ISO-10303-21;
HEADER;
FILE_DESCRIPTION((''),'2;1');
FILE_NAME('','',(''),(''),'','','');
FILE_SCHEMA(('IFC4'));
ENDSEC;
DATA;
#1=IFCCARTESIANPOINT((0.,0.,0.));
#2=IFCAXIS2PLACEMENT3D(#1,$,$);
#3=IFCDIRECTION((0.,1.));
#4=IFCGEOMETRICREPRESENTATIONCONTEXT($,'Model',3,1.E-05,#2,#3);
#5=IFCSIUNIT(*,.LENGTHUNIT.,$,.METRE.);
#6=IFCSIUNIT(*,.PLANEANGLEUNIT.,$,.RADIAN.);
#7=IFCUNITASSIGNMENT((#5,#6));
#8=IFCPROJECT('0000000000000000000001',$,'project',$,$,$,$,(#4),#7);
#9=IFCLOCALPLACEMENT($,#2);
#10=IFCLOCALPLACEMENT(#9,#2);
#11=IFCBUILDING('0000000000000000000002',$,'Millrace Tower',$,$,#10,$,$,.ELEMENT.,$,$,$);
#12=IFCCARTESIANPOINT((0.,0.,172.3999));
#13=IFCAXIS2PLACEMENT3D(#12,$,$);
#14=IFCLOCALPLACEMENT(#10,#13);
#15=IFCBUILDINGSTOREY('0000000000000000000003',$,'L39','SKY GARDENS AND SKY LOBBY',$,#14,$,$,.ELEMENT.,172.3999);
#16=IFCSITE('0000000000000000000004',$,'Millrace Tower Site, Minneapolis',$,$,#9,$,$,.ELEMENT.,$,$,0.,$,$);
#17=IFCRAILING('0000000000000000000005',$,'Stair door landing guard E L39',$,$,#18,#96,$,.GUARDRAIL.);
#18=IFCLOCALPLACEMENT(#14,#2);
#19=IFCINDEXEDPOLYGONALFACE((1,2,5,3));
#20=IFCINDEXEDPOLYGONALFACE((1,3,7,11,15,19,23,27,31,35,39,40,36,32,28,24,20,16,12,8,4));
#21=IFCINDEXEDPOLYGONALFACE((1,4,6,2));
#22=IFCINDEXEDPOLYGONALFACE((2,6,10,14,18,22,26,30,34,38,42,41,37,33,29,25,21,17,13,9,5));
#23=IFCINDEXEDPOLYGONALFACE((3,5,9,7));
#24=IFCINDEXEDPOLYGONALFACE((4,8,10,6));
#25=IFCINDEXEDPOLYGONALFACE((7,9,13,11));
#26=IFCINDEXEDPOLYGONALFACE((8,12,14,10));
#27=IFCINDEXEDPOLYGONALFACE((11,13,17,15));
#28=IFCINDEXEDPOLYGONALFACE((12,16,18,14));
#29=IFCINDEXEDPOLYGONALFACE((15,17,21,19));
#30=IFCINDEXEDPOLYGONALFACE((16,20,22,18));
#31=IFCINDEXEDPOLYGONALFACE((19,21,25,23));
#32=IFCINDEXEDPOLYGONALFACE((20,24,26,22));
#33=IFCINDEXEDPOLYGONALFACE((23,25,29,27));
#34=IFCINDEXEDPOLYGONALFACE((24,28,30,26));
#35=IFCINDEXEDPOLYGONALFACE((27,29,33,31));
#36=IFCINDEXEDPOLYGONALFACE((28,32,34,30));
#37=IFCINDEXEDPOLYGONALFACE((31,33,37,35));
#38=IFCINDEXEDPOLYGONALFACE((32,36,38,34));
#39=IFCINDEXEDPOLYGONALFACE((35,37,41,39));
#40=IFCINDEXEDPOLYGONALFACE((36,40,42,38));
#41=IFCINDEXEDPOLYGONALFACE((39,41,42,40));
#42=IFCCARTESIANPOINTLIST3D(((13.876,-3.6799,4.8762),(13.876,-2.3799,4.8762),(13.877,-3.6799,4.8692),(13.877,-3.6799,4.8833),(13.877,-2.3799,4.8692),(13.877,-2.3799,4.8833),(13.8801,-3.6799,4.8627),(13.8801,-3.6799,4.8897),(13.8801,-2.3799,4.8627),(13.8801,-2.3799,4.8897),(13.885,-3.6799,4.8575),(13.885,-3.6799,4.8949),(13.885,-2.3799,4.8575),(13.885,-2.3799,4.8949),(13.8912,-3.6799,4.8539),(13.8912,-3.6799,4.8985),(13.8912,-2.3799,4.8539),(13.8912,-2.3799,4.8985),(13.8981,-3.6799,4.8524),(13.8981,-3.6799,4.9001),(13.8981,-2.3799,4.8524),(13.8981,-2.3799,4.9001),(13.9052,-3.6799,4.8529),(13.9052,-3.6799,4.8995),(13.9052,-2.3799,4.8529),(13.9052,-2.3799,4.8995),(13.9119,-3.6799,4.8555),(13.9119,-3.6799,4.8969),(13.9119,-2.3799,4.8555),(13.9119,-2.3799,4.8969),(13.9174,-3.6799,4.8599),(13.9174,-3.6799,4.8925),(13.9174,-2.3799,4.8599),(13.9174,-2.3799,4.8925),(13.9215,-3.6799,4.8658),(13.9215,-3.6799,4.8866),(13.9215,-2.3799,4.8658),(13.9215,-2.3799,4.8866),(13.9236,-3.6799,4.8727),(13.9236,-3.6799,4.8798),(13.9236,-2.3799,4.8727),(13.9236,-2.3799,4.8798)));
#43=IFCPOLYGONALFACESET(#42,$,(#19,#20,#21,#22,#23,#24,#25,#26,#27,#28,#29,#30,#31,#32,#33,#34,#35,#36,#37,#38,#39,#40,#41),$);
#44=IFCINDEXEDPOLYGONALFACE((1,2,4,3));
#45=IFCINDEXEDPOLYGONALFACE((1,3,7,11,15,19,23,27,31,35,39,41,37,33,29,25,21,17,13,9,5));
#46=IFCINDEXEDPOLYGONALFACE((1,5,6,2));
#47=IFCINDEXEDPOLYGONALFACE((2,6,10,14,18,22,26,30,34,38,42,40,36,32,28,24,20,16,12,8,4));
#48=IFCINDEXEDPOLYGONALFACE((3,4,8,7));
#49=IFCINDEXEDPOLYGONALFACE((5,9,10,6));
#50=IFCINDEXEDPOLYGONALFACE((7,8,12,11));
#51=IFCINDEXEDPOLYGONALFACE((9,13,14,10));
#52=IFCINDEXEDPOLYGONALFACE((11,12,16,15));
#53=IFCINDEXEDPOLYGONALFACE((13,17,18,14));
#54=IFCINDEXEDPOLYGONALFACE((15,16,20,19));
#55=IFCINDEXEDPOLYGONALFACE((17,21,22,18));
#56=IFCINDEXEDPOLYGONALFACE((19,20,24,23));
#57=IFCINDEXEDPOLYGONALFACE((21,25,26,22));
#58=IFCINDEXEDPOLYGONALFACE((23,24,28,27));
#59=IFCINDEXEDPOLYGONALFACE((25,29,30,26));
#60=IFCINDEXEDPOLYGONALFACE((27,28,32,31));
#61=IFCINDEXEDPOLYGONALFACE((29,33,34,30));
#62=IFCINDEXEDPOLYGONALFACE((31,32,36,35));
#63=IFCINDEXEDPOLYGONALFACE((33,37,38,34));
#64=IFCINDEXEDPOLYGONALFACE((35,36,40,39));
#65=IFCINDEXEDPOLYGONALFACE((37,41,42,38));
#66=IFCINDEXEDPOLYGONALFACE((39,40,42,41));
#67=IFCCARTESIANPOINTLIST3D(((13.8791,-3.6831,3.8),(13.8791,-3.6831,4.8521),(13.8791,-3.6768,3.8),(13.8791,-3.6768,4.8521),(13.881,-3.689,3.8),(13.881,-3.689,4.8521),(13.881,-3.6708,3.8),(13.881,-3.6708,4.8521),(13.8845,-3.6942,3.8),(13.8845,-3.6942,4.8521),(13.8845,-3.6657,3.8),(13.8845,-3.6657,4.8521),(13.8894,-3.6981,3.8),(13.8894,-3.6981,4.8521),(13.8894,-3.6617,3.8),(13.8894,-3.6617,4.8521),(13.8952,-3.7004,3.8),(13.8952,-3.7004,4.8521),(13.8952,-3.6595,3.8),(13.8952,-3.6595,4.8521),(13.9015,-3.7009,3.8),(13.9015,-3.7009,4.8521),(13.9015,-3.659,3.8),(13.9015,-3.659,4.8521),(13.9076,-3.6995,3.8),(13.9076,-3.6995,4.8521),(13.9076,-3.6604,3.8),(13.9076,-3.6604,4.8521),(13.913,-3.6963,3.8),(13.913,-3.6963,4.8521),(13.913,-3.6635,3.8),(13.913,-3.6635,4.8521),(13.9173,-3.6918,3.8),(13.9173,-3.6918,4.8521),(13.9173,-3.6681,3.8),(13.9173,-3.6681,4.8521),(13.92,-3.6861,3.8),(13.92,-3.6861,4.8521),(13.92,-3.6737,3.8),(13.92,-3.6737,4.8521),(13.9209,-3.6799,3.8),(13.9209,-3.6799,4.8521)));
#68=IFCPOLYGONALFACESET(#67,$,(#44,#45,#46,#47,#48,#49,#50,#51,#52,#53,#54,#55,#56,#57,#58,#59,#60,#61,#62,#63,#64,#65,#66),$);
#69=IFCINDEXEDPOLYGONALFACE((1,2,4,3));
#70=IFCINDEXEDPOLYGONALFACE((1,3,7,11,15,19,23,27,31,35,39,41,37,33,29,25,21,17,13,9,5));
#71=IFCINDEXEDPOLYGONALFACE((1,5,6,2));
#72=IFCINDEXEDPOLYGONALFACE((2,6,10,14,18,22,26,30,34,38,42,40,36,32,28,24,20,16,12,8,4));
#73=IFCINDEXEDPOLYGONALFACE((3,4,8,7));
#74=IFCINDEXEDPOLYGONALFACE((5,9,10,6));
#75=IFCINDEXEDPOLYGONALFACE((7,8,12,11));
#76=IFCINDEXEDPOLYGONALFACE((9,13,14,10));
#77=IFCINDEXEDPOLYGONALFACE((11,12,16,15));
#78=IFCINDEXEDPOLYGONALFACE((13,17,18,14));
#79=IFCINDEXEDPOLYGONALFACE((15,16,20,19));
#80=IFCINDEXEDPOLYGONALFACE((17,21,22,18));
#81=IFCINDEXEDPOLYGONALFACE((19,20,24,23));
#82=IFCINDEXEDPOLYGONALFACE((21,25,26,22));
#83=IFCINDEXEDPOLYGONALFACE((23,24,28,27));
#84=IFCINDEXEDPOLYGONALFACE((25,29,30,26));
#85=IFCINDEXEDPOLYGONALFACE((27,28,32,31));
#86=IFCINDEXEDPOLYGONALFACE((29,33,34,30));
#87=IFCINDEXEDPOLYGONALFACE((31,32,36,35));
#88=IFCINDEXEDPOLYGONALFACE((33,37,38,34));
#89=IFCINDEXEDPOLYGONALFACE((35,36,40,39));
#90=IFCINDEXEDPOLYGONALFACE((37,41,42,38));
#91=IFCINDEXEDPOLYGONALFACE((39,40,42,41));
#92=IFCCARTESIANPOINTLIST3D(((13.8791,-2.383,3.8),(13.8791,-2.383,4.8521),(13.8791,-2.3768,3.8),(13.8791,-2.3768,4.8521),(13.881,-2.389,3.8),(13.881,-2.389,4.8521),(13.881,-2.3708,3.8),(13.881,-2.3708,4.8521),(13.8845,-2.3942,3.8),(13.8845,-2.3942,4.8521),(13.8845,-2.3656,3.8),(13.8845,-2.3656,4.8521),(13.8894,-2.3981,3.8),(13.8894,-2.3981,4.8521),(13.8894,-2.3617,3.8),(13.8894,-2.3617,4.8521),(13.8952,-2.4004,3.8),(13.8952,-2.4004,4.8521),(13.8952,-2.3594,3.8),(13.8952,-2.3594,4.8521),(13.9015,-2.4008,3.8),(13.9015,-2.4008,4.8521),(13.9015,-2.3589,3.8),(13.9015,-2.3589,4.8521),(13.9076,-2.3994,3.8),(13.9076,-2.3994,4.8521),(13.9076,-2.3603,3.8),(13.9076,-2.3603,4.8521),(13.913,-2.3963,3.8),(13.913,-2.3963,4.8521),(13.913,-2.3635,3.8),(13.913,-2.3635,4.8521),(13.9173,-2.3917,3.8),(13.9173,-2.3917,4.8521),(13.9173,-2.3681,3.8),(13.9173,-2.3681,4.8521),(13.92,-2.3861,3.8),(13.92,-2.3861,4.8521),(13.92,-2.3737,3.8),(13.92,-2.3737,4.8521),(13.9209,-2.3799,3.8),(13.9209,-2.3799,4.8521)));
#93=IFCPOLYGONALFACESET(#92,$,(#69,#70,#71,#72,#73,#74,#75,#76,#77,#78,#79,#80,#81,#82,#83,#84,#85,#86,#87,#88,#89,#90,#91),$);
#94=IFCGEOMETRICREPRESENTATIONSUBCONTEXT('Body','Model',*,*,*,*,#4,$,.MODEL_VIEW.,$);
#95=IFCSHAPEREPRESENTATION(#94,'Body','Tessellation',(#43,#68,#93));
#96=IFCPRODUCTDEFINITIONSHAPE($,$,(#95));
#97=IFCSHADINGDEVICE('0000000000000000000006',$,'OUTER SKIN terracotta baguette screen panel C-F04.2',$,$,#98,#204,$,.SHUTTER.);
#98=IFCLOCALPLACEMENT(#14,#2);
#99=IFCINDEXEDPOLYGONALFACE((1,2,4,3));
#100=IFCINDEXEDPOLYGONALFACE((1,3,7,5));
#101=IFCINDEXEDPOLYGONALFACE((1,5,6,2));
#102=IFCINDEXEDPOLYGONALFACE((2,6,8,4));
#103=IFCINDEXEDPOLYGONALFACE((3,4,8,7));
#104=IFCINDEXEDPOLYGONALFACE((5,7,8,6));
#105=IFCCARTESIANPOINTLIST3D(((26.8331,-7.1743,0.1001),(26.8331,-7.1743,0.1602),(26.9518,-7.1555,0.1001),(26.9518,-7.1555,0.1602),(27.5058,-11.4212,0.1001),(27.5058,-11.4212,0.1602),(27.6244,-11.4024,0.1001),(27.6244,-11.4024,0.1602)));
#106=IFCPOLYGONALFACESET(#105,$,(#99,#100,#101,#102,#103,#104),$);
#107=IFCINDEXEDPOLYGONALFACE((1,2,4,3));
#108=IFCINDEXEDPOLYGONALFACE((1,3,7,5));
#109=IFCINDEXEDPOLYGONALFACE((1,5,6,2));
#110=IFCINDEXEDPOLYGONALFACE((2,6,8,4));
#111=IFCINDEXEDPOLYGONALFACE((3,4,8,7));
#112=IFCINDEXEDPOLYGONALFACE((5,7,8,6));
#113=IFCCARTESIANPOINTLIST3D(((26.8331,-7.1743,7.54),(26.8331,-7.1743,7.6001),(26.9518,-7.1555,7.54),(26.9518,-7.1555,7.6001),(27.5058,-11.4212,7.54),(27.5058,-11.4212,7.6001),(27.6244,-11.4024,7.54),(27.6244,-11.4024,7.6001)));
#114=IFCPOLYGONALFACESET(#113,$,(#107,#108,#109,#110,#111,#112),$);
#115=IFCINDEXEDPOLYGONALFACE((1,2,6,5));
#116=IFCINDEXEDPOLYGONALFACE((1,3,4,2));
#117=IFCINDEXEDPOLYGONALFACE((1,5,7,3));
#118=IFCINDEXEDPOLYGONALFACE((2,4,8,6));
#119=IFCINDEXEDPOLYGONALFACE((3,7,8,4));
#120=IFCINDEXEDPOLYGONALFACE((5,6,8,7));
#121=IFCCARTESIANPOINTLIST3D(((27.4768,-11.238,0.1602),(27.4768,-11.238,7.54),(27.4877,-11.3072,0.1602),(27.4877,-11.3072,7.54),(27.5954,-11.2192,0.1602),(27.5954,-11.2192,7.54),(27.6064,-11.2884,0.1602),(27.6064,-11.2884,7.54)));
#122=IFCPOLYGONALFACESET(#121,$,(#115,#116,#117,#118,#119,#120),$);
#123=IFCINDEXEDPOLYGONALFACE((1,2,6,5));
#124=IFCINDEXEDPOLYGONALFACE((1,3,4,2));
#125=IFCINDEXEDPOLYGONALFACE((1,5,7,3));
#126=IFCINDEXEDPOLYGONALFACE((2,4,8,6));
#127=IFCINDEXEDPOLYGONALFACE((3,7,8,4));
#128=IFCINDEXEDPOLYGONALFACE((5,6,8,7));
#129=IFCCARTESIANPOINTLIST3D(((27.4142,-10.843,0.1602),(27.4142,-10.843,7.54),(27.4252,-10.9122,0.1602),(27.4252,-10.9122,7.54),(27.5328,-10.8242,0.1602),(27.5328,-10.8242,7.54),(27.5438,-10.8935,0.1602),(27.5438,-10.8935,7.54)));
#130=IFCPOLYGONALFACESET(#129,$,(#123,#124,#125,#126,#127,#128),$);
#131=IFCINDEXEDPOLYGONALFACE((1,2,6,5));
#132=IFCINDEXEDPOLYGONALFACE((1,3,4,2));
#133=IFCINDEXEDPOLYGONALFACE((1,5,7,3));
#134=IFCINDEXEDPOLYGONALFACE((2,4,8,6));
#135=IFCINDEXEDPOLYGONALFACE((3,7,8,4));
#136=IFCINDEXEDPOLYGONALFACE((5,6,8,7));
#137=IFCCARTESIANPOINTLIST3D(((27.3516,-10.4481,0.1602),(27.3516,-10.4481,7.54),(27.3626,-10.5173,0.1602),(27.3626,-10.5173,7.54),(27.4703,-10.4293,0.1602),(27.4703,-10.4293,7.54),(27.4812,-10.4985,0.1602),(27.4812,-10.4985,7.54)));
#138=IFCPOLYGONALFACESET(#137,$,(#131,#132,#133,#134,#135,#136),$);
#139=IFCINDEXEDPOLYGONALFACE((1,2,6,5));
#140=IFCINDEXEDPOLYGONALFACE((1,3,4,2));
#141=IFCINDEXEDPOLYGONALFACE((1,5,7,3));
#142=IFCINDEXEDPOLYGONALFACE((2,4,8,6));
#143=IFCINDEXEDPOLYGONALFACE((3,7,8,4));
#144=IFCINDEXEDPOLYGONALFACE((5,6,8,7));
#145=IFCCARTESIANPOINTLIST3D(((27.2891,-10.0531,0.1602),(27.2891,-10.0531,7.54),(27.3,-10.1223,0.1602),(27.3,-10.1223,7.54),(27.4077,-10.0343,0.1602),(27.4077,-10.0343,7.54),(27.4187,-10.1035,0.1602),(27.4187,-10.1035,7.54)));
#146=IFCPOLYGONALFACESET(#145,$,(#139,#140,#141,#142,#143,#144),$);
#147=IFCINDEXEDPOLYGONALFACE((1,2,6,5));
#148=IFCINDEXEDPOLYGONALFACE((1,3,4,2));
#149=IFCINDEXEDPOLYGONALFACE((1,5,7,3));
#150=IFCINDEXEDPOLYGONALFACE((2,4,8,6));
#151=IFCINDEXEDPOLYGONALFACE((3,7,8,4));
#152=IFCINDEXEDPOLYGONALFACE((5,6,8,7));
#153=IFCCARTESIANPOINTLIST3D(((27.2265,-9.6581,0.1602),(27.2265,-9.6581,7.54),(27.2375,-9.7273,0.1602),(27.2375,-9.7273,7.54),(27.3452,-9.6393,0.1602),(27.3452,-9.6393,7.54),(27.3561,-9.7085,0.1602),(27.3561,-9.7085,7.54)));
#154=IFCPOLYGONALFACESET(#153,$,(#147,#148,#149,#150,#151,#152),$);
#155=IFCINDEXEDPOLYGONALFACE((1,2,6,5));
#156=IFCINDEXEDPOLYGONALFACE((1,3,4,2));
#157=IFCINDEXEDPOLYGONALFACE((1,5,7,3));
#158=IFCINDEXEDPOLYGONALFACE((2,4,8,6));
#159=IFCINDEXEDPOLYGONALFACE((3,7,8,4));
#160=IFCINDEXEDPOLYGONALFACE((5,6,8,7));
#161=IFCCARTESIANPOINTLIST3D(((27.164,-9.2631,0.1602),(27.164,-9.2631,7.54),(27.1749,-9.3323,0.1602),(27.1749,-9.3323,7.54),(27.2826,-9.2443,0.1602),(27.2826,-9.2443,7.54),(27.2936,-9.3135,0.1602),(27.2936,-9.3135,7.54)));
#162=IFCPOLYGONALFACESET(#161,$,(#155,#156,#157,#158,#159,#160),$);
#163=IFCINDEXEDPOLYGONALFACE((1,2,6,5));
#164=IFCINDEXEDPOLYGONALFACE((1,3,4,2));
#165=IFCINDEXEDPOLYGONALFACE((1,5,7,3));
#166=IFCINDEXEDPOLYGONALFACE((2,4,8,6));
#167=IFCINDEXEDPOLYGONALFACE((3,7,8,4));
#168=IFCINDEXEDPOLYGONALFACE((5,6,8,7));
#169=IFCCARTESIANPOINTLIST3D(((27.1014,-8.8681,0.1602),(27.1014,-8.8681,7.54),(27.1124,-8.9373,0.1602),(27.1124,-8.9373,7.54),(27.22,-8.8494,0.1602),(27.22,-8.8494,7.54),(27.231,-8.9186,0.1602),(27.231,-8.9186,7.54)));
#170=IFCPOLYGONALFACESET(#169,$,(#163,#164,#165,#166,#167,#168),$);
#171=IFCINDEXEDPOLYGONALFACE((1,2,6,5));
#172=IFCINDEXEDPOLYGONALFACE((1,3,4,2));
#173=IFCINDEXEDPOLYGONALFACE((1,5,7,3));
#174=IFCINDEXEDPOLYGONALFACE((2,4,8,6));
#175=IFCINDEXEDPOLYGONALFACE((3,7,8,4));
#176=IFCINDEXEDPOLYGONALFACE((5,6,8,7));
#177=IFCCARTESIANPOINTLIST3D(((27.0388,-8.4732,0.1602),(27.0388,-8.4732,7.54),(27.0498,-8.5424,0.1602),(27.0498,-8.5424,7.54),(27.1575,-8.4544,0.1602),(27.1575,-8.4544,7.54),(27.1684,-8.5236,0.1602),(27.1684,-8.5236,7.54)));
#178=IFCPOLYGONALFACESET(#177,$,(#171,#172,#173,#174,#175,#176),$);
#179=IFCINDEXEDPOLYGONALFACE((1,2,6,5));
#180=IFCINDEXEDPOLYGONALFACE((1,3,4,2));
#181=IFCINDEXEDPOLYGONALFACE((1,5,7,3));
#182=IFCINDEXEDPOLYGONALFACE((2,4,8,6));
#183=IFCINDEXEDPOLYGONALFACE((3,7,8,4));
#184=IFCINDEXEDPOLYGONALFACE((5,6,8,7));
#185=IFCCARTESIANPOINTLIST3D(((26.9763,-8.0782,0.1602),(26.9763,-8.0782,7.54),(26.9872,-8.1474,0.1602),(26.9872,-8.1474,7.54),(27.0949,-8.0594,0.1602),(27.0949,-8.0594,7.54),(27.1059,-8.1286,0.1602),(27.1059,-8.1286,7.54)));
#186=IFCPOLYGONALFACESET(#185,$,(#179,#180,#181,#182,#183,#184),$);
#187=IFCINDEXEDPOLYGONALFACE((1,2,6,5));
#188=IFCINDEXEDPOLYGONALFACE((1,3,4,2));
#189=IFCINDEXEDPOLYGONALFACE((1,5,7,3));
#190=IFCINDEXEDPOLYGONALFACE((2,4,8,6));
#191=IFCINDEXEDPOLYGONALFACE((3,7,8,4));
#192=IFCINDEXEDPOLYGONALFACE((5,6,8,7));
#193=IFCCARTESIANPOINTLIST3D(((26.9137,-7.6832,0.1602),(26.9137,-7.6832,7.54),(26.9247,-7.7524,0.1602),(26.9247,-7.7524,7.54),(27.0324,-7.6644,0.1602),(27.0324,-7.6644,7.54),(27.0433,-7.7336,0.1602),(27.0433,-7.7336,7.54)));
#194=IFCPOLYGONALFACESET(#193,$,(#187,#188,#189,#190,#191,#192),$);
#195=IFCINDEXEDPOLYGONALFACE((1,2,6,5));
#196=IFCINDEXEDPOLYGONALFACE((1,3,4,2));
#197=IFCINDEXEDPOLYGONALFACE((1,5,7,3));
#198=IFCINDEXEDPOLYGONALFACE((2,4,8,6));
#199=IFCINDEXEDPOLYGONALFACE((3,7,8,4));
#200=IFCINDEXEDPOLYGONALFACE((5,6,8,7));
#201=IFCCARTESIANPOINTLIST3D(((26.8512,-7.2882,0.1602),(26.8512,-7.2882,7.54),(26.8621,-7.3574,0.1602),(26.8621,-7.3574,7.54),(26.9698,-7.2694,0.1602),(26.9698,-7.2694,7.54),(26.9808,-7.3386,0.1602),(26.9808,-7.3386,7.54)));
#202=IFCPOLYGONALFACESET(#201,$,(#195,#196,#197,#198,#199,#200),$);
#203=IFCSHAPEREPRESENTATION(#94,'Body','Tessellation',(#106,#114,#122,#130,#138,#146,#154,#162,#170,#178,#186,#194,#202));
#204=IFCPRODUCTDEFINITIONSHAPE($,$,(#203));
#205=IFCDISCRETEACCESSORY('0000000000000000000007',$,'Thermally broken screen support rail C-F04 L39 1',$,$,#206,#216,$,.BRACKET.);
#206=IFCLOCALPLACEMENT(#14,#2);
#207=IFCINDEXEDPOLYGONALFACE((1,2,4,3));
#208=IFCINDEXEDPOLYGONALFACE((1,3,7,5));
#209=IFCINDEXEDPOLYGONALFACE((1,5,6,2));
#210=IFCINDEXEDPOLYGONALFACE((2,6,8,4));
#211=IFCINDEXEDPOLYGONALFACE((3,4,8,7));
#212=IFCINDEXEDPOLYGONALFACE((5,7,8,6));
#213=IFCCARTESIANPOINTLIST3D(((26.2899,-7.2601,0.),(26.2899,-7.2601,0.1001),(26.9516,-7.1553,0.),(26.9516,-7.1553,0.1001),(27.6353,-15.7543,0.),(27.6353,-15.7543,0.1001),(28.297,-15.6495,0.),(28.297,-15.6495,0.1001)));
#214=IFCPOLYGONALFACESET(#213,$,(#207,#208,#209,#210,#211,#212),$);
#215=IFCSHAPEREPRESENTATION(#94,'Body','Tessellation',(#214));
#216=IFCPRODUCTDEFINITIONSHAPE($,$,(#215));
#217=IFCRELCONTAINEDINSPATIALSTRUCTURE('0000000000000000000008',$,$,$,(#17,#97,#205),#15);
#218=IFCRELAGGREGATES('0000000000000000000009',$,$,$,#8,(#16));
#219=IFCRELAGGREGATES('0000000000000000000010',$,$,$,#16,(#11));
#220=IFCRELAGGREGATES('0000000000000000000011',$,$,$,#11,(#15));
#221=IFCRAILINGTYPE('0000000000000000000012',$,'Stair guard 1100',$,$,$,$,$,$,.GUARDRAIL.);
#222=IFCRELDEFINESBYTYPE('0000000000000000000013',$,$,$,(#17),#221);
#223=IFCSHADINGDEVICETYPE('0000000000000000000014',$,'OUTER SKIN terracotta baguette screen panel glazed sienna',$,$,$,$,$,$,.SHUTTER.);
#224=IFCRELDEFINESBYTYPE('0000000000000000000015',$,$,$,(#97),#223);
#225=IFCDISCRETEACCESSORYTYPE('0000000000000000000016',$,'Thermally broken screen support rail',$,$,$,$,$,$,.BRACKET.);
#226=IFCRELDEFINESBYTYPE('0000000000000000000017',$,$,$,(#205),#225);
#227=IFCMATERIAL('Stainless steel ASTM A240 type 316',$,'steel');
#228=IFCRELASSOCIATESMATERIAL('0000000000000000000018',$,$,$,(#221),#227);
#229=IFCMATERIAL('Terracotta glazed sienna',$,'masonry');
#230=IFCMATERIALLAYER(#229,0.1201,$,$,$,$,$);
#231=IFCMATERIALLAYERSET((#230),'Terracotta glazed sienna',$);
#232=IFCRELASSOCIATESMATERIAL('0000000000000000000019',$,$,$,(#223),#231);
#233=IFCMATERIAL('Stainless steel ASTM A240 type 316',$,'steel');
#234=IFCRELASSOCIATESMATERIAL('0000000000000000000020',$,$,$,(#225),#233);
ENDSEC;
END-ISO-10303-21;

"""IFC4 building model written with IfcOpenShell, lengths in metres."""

from ifc_helpers import new_model, entity, si_unit, direction, frame, frame_2d, origin, origin_2d, place, context, subcontext, project, spatial, rectangle, circle, extrude, source, transform, mapped, material, layer, layer_set, type_object, element, save


model = new_model("IFC4")

# Units and contexts
model_context = context("Model", 3, precision=1e-05, world=origin(), true_north=direction((0.0, 1.0)))
body_context = subcontext(model_context, "Body", "Model", "MODEL_VIEW")
ifc_project = project(units=[si_unit("LENGTHUNIT", "METRE"), si_unit("PLANEANGLEUNIT", "RADIAN")], contexts=[model_context])

# Site, building, storey
site_placement = place(None, origin())
site = spatial("IfcSite", under=ifc_project, at=site_placement, Name="Millrace Tower Site, Minneapolis", CompositionType="ELEMENT", RefElevation=0.0)
building_placement = place(site_placement, origin())
building = spatial("IfcBuilding", under=site, at=building_placement, Name="Millrace Tower", CompositionType="ELEMENT")
storey_placement = place(building_placement, frame((0.0, 0.0, 172.3999)))
storey = spatial("IfcBuildingStorey", under=building, at=storey_placement, Name="L39", Description="SKY GARDENS AND SKY LOBBY", CompositionType="ELEMENT", Elevation=172.3999)

# Railing
ifc_material_1 = material(Name="Stainless steel ASTM A240 type 316", Category="steel")
railing_type_1 = type_object("IfcRailingType", Name="Stair guard 1100", PredefinedType="GUARDRAIL", material=ifc_material_1)
railing_1_placement = place(storey_placement, frame((13.8999, -3.6799, 3.8)))
element("IfcRailing", 1, at=railing_1_placement, inside=storey, type_object=railing_type_1, Name="Stair door landing guard E L39", PredefinedType="GUARDRAIL", context=body_context, shape_type="SweptSolid", body=[
    extrude(circle(Radius=0.0239, at=origin_2d()), frame((0.0, 0.0, 1.0762), z_axis=(0.0, 1.0, 0.0), x_axis=(-1.0, 0.0, 0.0)), (0.0, 0.0, 1.0), 1.3),
    extrude(circle(Radius=0.021, at=origin_2d()), origin(), (0.0, 0.0, 1.0), 1.052),
    extrude(circle(Radius=0.021, at=origin_2d()), frame((0.0, 1.3, 0.0)), (0.0, 0.0, 1.0), 1.052),
])

# Shading device
ifc_material_2 = material(Name="Terracotta glazed sienna", Category="masonry")
ifc_layer_1 = layer(ifc_material_2, 0.1201)
ifc_layer_set_1 = layer_set([ifc_layer_1], Name="Terracotta glazed sienna")
shading_device_type = type_object("IfcShadingDeviceType", Name="OUTER SKIN terracotta baguette screen panel glazed sienna", PredefinedType="SHUTTER", material=ifc_layer_set_1)
cartesian_point = entity("IfcCartesianPoint", [-2.1499, 0.0601])
shared_polyline = entity("IfcPolyline", [cartesian_point, entity("IfcCartesianPoint", [2.1499, 0.0601]), entity("IfcCartesianPoint", [2.1499, -0.0601]), entity("IfcCartesianPoint", [-2.1499, -0.0601]), cartesian_point])
shared_shape = source(origin(), body_context, "Body", "SweptSolid", [
    entity("IfcExtrudedAreaSolid", entity("IfcArbitraryClosedProfileDef", "AREA", None, shared_polyline), entity("IfcAxis2Placement3D", entity("IfcCartesianPoint", [0.0, 0.0, 0.0])), entity("IfcDirection", [0.0, 0.0, 1.0]), 0.0601),
    entity("IfcExtrudedAreaSolid", entity("IfcArbitraryClosedProfileDef", "AREA", None, shared_polyline), entity("IfcAxis2Placement3D", entity("IfcCartesianPoint", [0.0, 0.0, 7.4399])), entity("IfcDirection", [0.0, 0.0, 1.0]), 0.0601),
    extrude(rectangle(XDim=0.0701, YDim=0.1201, at=frame_2d((-1.9995, 0.0))), frame((0.0, 0.0, 0.0601)), (0.0, 0.0, 1.0), 7.3799),
    extrude(rectangle(XDim=0.0701, YDim=0.1201, at=frame_2d((-1.5996, 0.0))), frame((0.0, 0.0, 0.0601)), (0.0, 0.0, 1.0), 7.3799),
    extrude(rectangle(XDim=0.0701, YDim=0.1201, at=frame_2d((-1.1997, 0.0))), frame((0.0, 0.0, 0.0601)), (0.0, 0.0, 1.0), 7.3799),
    extrude(rectangle(XDim=0.0701, YDim=0.1201, at=frame_2d((-0.7998, 0.0))), frame((0.0, 0.0, 0.0601)), (0.0, 0.0, 1.0), 7.3799),
    extrude(rectangle(XDim=0.0701, YDim=0.1201, at=frame_2d((-0.3999, 0.0))), frame((0.0, 0.0, 0.0601)), (0.0, 0.0, 1.0), 7.3799),
    extrude(rectangle(XDim=0.0701, YDim=0.1201, at=origin_2d()), frame((0.0, 0.0, 0.0601)), (0.0, 0.0, 1.0), 7.3799),
    extrude(rectangle(XDim=0.0701, YDim=0.1201, at=frame_2d((0.3999, 0.0))), frame((0.0, 0.0, 0.0601)), (0.0, 0.0, 1.0), 7.3799),
    extrude(rectangle(XDim=0.0701, YDim=0.1201, at=frame_2d((0.7998, 0.0))), frame((0.0, 0.0, 0.0601)), (0.0, 0.0, 1.0), 7.3799),
    extrude(rectangle(XDim=0.0701, YDim=0.1201, at=frame_2d((1.1997, 0.0))), frame((0.0, 0.0, 0.0601)), (0.0, 0.0, 1.0), 7.3799),
    extrude(rectangle(XDim=0.0701, YDim=0.1201, at=frame_2d((1.5996, 0.0))), frame((0.0, 0.0, 0.0601)), (0.0, 0.0, 1.0), 7.3799),
    extrude(rectangle(XDim=0.0701, YDim=0.1201, at=frame_2d((1.9995, 0.0))), frame((0.0, 0.0, 0.0601)), (0.0, 0.0, 1.0), 7.3799),
])
shading_device_placement = place(storey_placement, frame((27.2288, -9.2883, 0.1001), z_axis=(0.0, 0.0, 1.0), x_axis=(-0.156434, 0.987688, 0.0)))
element("IfcShadingDevice", 2, at=shading_device_placement, inside=storey, type_object=shading_device_type, Name="OUTER SKIN terracotta baguette screen panel C-F04.2", PredefinedType="SHUTTER", context=body_context, shape_type="MappedRepresentation", body=[
    mapped(shared_shape, transform((0.0, 0.0, 0.0), scale=1.0)),
])

# Discrete accessory
ifc_material_3 = material(Name="Stainless steel ASTM A240 type 316", Category="steel")
discrete_accessory_type = type_object("IfcDiscreteAccessoryType", Name="Thermally broken screen support rail", PredefinedType="BRACKET", material=ifc_material_3)
discrete_accessory_placement = place(storey_placement, frame((27.2935, -11.4548, 0.0), z_axis=(0.0, 0.0, 1.0), x_axis=(-0.156434, 0.987688, 0.0)))
element("IfcDiscreteAccessory", 3, at=discrete_accessory_placement, inside=storey, type_object=discrete_accessory_type, Name="Thermally broken screen support rail C-F04 L39 1", PredefinedType="BRACKET", context=body_context, shape_type="SweptSolid", body=[
    extrude(rectangle(XDim=8.6001, YDim=0.6699, at=origin_2d()), origin(), (0.0, 0.0, 1.0), 0.1001),
])

save(model, "model.ifc")
